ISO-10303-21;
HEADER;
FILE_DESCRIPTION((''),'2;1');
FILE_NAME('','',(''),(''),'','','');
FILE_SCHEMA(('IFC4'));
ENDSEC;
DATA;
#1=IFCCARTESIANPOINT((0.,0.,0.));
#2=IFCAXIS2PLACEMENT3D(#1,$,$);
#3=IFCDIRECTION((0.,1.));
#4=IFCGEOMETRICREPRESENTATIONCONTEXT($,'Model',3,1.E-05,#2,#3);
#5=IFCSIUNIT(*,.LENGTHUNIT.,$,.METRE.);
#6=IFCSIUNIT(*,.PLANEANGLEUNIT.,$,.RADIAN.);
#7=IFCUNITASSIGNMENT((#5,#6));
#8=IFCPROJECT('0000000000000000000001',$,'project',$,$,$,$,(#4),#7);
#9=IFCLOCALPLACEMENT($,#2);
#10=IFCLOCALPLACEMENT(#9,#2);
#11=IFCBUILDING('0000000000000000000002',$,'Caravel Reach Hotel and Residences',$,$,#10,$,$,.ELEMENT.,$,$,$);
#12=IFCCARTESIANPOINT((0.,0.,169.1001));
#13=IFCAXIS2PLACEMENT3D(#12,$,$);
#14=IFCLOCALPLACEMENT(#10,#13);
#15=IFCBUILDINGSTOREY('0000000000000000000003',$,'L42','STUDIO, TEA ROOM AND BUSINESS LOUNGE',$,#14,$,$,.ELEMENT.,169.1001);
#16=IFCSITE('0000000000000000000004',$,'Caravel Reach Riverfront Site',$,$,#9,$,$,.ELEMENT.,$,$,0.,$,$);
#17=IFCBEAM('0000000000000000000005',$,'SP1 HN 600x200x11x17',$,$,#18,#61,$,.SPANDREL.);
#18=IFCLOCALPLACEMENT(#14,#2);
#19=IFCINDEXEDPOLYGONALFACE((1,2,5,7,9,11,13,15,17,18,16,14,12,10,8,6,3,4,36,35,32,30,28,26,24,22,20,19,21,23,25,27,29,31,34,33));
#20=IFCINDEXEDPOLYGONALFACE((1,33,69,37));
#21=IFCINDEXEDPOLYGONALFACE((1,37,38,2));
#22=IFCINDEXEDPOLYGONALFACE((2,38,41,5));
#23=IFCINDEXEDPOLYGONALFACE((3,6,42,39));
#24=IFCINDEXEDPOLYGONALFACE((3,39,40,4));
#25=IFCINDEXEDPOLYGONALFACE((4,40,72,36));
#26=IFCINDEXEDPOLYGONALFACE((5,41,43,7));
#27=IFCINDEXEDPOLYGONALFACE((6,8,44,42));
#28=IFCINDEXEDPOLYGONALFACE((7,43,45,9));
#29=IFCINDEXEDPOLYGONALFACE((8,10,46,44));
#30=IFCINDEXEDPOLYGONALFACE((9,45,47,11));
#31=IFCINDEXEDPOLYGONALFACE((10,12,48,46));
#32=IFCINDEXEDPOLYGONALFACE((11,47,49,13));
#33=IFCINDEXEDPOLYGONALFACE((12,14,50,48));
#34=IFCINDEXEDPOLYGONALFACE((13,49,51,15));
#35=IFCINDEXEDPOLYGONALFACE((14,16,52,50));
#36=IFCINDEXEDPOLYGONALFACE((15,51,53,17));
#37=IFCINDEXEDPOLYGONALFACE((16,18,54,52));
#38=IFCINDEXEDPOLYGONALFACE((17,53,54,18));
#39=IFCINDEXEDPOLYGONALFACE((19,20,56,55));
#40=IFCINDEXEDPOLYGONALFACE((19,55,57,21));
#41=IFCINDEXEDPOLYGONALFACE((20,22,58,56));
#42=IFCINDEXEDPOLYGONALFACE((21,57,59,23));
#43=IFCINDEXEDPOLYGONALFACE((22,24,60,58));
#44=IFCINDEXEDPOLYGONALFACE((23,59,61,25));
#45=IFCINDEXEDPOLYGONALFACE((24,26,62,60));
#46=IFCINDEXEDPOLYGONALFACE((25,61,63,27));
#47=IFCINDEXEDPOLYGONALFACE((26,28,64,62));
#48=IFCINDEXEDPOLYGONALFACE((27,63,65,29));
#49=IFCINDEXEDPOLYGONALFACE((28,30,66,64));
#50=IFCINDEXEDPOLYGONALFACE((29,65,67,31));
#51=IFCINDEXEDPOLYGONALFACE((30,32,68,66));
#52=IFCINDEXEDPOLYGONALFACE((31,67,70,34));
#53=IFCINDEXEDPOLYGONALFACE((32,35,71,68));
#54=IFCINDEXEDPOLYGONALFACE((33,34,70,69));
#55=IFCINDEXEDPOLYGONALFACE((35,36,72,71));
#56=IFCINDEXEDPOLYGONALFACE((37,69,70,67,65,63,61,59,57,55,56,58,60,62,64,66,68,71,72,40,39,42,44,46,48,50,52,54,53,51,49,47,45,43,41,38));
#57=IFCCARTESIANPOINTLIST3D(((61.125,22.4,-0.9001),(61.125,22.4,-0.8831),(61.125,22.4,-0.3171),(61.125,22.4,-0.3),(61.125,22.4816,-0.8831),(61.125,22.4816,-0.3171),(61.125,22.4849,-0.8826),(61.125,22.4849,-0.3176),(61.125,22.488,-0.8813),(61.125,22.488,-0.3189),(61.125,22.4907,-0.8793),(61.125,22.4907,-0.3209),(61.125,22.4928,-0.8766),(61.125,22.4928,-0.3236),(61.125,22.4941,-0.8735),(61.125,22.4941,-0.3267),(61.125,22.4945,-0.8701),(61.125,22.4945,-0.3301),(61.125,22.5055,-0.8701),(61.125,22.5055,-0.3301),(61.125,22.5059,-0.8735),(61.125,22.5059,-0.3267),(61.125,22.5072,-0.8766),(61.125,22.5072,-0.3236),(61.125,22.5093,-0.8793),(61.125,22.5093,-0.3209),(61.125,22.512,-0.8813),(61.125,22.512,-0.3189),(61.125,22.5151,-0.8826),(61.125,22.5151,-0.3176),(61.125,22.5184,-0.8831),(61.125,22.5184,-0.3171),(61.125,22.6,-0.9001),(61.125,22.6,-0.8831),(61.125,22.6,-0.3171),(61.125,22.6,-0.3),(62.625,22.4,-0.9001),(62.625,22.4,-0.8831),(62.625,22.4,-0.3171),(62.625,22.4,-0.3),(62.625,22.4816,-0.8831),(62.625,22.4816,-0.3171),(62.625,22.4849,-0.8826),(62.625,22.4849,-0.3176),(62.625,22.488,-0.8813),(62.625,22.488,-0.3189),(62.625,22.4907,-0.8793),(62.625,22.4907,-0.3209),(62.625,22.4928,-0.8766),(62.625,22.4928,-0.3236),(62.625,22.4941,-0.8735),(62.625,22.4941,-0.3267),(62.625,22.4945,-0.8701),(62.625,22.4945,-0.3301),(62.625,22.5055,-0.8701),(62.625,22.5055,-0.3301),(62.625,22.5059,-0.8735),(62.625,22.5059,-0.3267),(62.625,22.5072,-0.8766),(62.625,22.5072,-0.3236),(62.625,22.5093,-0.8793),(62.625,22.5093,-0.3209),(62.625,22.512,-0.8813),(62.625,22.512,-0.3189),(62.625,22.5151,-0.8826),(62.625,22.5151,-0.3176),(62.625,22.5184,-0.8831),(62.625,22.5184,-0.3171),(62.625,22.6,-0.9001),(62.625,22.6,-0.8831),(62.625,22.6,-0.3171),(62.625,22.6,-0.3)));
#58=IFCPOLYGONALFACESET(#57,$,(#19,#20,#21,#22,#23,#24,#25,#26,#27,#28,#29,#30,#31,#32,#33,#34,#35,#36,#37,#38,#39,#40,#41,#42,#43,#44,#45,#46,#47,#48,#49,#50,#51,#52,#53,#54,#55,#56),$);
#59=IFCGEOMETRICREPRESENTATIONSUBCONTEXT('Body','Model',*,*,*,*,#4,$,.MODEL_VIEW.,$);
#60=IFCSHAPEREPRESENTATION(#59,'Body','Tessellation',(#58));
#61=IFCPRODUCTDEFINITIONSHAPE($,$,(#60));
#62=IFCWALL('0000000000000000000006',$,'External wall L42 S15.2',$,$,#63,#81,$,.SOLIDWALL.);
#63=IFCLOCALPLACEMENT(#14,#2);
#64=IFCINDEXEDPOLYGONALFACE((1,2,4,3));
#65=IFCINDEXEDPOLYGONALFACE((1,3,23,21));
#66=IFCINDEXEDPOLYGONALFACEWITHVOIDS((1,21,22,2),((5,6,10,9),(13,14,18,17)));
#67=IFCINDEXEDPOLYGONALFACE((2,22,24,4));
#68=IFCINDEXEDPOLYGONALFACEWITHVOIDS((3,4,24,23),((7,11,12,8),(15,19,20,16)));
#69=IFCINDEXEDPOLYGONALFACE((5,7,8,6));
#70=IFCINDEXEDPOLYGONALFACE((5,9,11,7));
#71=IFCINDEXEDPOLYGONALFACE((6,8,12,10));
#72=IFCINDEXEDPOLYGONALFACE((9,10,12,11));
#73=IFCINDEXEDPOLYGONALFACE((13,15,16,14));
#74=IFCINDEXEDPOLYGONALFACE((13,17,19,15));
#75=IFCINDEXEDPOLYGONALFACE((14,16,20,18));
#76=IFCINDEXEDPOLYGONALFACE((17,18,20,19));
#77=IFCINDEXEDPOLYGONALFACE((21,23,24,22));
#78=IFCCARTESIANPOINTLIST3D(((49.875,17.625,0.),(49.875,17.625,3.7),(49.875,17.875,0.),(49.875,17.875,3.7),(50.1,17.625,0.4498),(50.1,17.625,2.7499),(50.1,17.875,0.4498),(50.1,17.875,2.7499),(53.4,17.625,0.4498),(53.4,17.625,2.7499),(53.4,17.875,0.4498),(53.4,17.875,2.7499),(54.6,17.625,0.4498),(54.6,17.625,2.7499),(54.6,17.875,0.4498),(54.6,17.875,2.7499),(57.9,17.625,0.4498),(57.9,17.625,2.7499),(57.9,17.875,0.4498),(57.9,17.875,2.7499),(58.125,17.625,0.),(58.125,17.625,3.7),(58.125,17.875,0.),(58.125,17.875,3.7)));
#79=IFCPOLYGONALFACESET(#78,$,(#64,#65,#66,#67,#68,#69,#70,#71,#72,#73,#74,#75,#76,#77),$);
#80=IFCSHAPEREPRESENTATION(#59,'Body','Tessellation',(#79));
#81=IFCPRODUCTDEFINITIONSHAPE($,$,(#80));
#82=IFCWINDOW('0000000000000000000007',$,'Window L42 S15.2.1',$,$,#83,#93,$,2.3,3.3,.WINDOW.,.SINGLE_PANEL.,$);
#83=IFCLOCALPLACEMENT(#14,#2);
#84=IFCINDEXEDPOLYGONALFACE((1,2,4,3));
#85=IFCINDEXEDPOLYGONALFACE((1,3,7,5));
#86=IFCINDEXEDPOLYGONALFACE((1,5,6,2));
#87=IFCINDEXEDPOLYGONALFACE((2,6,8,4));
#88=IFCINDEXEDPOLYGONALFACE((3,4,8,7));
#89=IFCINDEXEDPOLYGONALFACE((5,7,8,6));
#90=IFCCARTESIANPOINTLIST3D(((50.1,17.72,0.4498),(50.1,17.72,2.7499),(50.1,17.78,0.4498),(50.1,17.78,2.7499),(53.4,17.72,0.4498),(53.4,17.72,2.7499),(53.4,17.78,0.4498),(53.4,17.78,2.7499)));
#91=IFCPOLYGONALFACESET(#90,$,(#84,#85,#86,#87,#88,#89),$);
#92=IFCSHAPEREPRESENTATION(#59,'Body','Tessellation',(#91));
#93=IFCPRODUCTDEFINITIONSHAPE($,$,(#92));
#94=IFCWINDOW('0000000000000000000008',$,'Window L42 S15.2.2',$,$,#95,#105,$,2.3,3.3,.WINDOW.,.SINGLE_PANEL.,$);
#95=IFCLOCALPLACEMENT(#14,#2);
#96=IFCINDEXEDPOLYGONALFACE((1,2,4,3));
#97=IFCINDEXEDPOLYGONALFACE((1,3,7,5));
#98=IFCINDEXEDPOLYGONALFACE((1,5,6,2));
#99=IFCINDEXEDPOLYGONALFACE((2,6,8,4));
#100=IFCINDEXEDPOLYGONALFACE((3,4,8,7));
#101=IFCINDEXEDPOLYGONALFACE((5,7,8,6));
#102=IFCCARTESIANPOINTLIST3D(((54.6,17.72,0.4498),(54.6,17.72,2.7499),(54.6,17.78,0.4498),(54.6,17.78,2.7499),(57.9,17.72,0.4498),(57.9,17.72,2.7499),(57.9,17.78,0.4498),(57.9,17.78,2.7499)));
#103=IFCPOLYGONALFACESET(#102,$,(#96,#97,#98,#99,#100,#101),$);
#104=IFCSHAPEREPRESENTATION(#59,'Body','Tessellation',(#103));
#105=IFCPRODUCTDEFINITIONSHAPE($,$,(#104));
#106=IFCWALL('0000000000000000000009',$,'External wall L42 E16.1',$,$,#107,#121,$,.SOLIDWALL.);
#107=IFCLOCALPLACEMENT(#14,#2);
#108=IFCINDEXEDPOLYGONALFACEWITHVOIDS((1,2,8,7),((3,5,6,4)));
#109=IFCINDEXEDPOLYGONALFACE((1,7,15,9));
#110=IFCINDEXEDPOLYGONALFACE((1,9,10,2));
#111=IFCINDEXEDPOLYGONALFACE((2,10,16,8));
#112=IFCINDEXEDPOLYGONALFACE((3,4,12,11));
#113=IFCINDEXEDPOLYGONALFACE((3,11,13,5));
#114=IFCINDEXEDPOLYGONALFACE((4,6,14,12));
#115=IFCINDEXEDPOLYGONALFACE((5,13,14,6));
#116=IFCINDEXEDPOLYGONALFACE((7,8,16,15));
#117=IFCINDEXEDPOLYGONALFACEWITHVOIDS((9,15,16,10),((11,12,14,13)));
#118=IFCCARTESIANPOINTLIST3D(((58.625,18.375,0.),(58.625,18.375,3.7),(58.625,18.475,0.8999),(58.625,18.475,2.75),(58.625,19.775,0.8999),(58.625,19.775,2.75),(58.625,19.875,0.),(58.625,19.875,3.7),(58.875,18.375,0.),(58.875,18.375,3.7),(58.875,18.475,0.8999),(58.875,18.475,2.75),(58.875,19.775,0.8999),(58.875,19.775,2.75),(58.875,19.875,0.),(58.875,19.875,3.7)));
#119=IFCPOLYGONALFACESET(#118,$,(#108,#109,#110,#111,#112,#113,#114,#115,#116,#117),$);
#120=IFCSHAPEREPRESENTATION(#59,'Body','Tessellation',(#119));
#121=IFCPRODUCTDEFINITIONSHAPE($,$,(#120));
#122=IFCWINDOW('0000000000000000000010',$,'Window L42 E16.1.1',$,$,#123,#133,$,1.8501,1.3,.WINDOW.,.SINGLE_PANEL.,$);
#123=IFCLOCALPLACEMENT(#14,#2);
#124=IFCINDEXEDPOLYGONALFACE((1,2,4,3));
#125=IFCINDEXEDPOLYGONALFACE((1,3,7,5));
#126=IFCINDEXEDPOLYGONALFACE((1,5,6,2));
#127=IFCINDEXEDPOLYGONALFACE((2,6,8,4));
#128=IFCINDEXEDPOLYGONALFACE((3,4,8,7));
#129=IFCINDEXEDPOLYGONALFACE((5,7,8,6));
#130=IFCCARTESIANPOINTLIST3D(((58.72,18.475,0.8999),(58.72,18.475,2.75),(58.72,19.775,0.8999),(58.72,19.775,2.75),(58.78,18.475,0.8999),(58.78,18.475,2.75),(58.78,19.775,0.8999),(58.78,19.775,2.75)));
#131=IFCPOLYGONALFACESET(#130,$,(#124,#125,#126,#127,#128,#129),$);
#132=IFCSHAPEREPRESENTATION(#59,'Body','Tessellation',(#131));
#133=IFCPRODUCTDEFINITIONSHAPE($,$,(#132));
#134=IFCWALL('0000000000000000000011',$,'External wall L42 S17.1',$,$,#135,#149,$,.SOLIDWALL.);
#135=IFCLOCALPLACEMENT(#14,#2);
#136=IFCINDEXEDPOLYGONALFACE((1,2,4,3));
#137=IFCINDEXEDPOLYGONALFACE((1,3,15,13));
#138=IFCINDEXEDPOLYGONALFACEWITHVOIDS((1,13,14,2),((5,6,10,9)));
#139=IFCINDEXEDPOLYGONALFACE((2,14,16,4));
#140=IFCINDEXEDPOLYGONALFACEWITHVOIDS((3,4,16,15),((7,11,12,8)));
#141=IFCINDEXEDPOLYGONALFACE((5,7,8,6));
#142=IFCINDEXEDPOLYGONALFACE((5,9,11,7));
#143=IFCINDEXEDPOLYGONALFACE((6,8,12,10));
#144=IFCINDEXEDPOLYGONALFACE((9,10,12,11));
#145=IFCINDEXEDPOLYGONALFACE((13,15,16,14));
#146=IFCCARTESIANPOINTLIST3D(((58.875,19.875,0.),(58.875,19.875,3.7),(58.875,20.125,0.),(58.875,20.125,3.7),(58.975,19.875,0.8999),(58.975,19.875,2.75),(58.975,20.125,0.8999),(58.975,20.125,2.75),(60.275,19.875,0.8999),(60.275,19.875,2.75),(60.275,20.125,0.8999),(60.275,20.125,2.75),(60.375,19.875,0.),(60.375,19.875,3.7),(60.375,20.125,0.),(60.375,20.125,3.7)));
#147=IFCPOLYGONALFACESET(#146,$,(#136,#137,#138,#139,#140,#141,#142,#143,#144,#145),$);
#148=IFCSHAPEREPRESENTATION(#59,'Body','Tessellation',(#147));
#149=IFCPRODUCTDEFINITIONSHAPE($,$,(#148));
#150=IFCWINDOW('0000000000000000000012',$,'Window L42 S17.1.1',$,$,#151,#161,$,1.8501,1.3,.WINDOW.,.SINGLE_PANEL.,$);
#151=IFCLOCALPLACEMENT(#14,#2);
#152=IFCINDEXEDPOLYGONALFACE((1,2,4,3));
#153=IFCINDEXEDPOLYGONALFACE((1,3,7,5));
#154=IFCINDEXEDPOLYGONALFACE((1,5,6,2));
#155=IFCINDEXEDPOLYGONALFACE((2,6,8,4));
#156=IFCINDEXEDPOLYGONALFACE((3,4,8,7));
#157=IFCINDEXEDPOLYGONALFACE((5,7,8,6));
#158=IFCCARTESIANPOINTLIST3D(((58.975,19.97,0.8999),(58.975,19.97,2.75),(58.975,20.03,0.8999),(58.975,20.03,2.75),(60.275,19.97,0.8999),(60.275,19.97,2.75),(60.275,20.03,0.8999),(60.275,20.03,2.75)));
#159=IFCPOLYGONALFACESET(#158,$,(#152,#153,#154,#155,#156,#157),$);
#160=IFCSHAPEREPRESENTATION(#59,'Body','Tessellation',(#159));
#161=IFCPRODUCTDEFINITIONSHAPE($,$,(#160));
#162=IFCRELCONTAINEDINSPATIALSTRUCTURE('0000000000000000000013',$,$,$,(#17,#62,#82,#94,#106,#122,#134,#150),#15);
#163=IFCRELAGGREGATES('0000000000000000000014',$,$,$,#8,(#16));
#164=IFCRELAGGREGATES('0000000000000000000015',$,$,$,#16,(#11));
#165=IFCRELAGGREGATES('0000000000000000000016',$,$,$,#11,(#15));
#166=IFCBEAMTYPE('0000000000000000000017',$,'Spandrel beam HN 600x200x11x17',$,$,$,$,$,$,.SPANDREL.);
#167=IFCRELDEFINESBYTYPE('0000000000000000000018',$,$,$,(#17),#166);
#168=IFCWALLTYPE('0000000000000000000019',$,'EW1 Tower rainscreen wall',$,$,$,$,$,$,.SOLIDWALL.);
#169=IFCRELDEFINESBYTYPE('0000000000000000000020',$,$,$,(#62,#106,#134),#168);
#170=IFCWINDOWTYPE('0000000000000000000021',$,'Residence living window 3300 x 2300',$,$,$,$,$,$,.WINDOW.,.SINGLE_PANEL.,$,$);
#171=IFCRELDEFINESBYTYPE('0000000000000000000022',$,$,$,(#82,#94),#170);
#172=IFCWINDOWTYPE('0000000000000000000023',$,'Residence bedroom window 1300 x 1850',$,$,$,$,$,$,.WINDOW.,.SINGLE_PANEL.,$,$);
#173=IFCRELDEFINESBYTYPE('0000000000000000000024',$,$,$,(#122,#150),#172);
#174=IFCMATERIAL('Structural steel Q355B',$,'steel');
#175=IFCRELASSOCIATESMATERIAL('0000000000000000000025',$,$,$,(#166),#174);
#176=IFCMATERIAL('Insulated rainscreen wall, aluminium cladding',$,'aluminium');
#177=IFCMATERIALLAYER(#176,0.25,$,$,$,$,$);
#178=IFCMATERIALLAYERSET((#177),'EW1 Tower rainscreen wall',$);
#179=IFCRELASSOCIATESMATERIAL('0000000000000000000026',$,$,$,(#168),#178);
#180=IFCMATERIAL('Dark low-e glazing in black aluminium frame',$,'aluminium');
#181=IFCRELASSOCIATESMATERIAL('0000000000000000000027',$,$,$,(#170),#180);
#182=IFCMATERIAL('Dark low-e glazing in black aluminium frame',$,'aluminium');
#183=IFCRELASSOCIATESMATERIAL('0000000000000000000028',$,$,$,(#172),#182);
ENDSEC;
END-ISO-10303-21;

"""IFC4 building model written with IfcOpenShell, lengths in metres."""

from ifc_helpers import new_model, si_unit, direction, frame, frame_2d, origin, origin_2d, place, context, subcontext, project, spatial, rectangle, i_section, extrude, material, layer, layer_set, material_profile, profile_set, type_object, element, fill, save


model = new_model("IFC4")

# Units and contexts
model_context = context("Model", 3, precision=1e-05, world=origin(), true_north=direction((0.0, 1.0)))
body_context = subcontext(model_context, "Body", "Model", "MODEL_VIEW")
ifc_project = project(units=[si_unit("LENGTHUNIT", "METRE"), si_unit("PLANEANGLEUNIT", "RADIAN")], contexts=[model_context])

# Site, building, storey
site_placement = place(None, origin())
site = spatial("IfcSite", under=ifc_project, at=site_placement, Name="Caravel Reach Riverfront Site", CompositionType="ELEMENT", RefElevation=0.0)
building_placement = place(site_placement, origin())
building = spatial("IfcBuilding", under=site, at=building_placement, Name="Caravel Reach Hotel and Residences", CompositionType="ELEMENT")
storey_placement = place(building_placement, frame((0.0, 0.0, 169.1001)))
storey = spatial("IfcBuildingStorey", under=building, at=storey_placement, Name="L42", Description="STUDIO, TEA ROOM AND BUSINESS LOUNGE", CompositionType="ELEMENT", Elevation=169.1001)

# Beam
ifc_material_1 = material(Name="Structural steel Q355B", Category="steel")
ifc_material_profile_1 = material_profile(ifc_material_1, i_section(OverallWidth=0.2, OverallDepth=0.6001, WebThickness=0.011, FlangeThickness=0.0171, FilletRadius=0.0129, at=origin_2d()), Name="HN 600x200x11x17")
ifc_profile_set_1 = profile_set([ifc_material_profile_1], Name="Structural steel Q355B")
beam_type_1 = type_object("IfcBeamType", Name="Spandrel beam HN 600x200x11x17", PredefinedType="SPANDREL", material=ifc_profile_set_1)
for number, where, z_axis, x_axis, name in (
    (1, (61.125, 22.5, -0.6001), (1.0, 0.0, 0.0), (0.0, 1.0, 0.0), "SP1 HN 600x200x11x17"),
):
    element("IfcBeam", number, at=place(storey_placement, frame(where, z_axis=z_axis, x_axis=x_axis)), inside=storey, type_object=beam_type_1, Name=name, PredefinedType="SPANDREL", context=body_context, shape_type="SweptSolid", body=[
        extrude(i_section(OverallWidth=0.2, OverallDepth=0.6001, WebThickness=0.011, FlangeThickness=0.0171, FilletRadius=0.0129, at=origin_2d()), origin(), (0.0, 0.0, 1.0), 1.5),
    ])

# Wall, openings, windows
ifc_material_2 = material(Name="Insulated rainscreen wall, aluminium cladding", Category="aluminium")
ifc_layer_1 = layer(ifc_material_2, 0.25)
ifc_layer_set_1 = layer_set([ifc_layer_1], Name="EW1 Tower rainscreen wall")
wall_type_1 = type_object("IfcWallType", Name="EW1 Tower rainscreen wall", PredefinedType="SOLIDWALL", material=ifc_layer_set_1)
wall_1_placement = place(storey_placement, frame((49.875, 17.75, 0.0), z_axis=(0.0, 0.0, 1.0), x_axis=(1.0, 0.0, 0.0)))
wall_1 = element("IfcWall", 2, at=wall_1_placement, inside=storey, type_object=wall_type_1, Name="External wall L42 S15.2", PredefinedType="SOLIDWALL", context=body_context, shape_type="SweptSolid", body=[
    extrude(rectangle(XDim=8.25, YDim=0.25, at=frame_2d((4.125, 0.0))), origin(), (0.0, 0.0, 1.0), 3.7),
])
opening_1_placement = place(wall_1_placement, frame((0.2251, 0.0, 0.45)))
opening_1 = element("IfcOpeningElement", 3, at=opening_1_placement, cuts=wall_1, PredefinedType="OPENING", context=body_context, shape_type="SweptSolid", body=[
    extrude(rectangle(XDim=3.3, YDim=2.3, at=frame_2d((1.6499, 1.1499))), frame((0.0, 0.135, 0.0), z_axis=(0.0, -1.0, 0.0), x_axis=(1.0, 0.0, 0.0)), (0.0, 0.0, 1.0), 0.27),
])
opening_2_placement = place(wall_1_placement, frame((4.7251, 0.0, 0.45)))
opening_2 = element("IfcOpeningElement", 4, at=opening_2_placement, cuts=wall_1, PredefinedType="OPENING", context=body_context, shape_type="SweptSolid", body=[
    extrude(rectangle(XDim=3.3, YDim=2.3, at=frame_2d((1.6499, 1.1499))), frame((0.0, 0.135, 0.0), z_axis=(0.0, -1.0, 0.0), x_axis=(1.0, 0.0, 0.0)), (0.0, 0.0, 1.0), 0.27),
])
ifc_material_3 = material(Name="Dark low-e glazing in black aluminium frame", Category="aluminium")
window_type_1 = type_object("IfcWindowType", Name="Residence living window 3300 x 2300", PartitioningType="SINGLE_PANEL", PredefinedType="WINDOW", material=ifc_material_3)
window_1_placement = place(opening_1_placement, origin())
window_1 = element("IfcWindow", 5, at=window_1_placement, inside=storey, type_object=window_type_1, Name="Window L42 S15.2.1", OverallHeight=2.3, OverallWidth=3.3, PartitioningType="SINGLE_PANEL", PredefinedType="WINDOW", context=body_context, shape_type="SweptSolid", body=[
    extrude(rectangle(XDim=3.3, YDim=2.3, at=frame_2d((1.6499, 1.1499))), frame((0.0, 0.03, 0.0), z_axis=(0.0, -1.0, 0.0), x_axis=(1.0, 0.0, 0.0)), (0.0, 0.0, 1.0), 0.0601),
])
fill(opening_1, window_1)
window_2_placement = place(opening_2_placement, origin())
window_2 = element("IfcWindow", 6, at=window_2_placement, inside=storey, type_object=window_type_1, Name="Window L42 S15.2.2", OverallHeight=2.3, OverallWidth=3.3, PartitioningType="SINGLE_PANEL", PredefinedType="WINDOW", context=body_context, shape_type="SweptSolid", body=[
    extrude(rectangle(XDim=3.3, YDim=2.3, at=frame_2d((1.6499, 1.1499))), frame((0.0, 0.03, 0.0), z_axis=(0.0, -1.0, 0.0), x_axis=(1.0, 0.0, 0.0)), (0.0, 0.0, 1.0), 0.0601),
])
fill(opening_2, window_2)

# Walls, openings, windows
wall_2_placement = place(storey_placement, frame((58.75, 18.375, 0.0), z_axis=(0.0, 0.0, 1.0), x_axis=(0.0, 1.0, 0.0)))
wall_2 = element("IfcWall", 7, at=wall_2_placement, inside=storey, type_object=wall_type_1, Name="External wall L42 E16.1", PredefinedType="SOLIDWALL", context=body_context, shape_type="SweptSolid", body=[
    extrude(rectangle(XDim=1.5, YDim=0.25, at=frame_2d((0.75, 0.0))), origin(), (0.0, 0.0, 1.0), 3.7),
])
opening_3_placement = place(wall_2_placement, frame((0.1001, 0.0, 0.8999)))
opening_3 = element("IfcOpeningElement", 8, at=opening_3_placement, cuts=wall_2, PredefinedType="OPENING", context=body_context, shape_type="SweptSolid", body=[
    extrude(rectangle(XDim=1.3, YDim=1.8501, at=frame_2d((0.6499, 0.925))), frame((0.0, 0.135, 0.0), z_axis=(0.0, -1.0, 0.0), x_axis=(1.0, 0.0, 0.0)), (0.0, 0.0, 1.0), 0.27),
])
ifc_material_4 = material(Name="Dark low-e glazing in black aluminium frame", Category="aluminium")
window_type_2 = type_object("IfcWindowType", Name="Residence bedroom window 1300 x 1850", PartitioningType="SINGLE_PANEL", PredefinedType="WINDOW", material=ifc_material_4)
window_3_placement = place(opening_3_placement, origin())
window_3 = element("IfcWindow", 9, at=window_3_placement, inside=storey, type_object=window_type_2, Name="Window L42 E16.1.1", OverallHeight=1.8501, OverallWidth=1.3, PartitioningType="SINGLE_PANEL", PredefinedType="WINDOW", context=body_context, shape_type="SweptSolid", body=[
    extrude(rectangle(XDim=1.3, YDim=1.8501, at=frame_2d((0.6499, 0.925))), frame((0.0, 0.03, 0.0), z_axis=(0.0, -1.0, 0.0), x_axis=(1.0, 0.0, 0.0)), (0.0, 0.0, 1.0), 0.0601),
])
fill(opening_3, window_3)
wall_3_placement = place(storey_placement, frame((58.875, 20.0, 0.0), z_axis=(0.0, 0.0, 1.0), x_axis=(1.0, 0.0, 0.0)))
wall_3 = element("IfcWall", 10, at=wall_3_placement, inside=storey, type_object=wall_type_1, Name="External wall L42 S17.1", PredefinedType="SOLIDWALL", context=body_context, shape_type="SweptSolid", body=[
    extrude(rectangle(XDim=1.5, YDim=0.25, at=frame_2d((0.75, 0.0))), origin(), (0.0, 0.0, 1.0), 3.7),
])
opening_4_placement = place(wall_3_placement, frame((0.1001, 0.0, 0.8999)))
opening_4 = element("IfcOpeningElement", 11, at=opening_4_placement, cuts=wall_3, PredefinedType="OPENING", context=body_context, shape_type="SweptSolid", body=[
    extrude(rectangle(XDim=1.3, YDim=1.8501, at=frame_2d((0.6499, 0.925))), frame((0.0, 0.135, 0.0), z_axis=(0.0, -1.0, 0.0), x_axis=(1.0, 0.0, 0.0)), (0.0, 0.0, 1.0), 0.27),
])
window_4_placement = place(opening_4_placement, origin())
window_4 = element("IfcWindow", 12, at=window_4_placement, inside=storey, type_object=window_type_2, Name="Window L42 S17.1.1", OverallHeight=1.8501, OverallWidth=1.3, PartitioningType="SINGLE_PANEL", PredefinedType="WINDOW", context=body_context, shape_type="SweptSolid", body=[
    extrude(rectangle(XDim=1.3, YDim=1.8501, at=frame_2d((0.6499, 0.925))), frame((0.0, 0.03, 0.0), z_axis=(0.0, -1.0, 0.0), x_axis=(1.0, 0.0, 0.0)), (0.0, 0.0, 1.0), 0.0601),
])
fill(opening_4, window_4)

save(model, "model.ifc")
